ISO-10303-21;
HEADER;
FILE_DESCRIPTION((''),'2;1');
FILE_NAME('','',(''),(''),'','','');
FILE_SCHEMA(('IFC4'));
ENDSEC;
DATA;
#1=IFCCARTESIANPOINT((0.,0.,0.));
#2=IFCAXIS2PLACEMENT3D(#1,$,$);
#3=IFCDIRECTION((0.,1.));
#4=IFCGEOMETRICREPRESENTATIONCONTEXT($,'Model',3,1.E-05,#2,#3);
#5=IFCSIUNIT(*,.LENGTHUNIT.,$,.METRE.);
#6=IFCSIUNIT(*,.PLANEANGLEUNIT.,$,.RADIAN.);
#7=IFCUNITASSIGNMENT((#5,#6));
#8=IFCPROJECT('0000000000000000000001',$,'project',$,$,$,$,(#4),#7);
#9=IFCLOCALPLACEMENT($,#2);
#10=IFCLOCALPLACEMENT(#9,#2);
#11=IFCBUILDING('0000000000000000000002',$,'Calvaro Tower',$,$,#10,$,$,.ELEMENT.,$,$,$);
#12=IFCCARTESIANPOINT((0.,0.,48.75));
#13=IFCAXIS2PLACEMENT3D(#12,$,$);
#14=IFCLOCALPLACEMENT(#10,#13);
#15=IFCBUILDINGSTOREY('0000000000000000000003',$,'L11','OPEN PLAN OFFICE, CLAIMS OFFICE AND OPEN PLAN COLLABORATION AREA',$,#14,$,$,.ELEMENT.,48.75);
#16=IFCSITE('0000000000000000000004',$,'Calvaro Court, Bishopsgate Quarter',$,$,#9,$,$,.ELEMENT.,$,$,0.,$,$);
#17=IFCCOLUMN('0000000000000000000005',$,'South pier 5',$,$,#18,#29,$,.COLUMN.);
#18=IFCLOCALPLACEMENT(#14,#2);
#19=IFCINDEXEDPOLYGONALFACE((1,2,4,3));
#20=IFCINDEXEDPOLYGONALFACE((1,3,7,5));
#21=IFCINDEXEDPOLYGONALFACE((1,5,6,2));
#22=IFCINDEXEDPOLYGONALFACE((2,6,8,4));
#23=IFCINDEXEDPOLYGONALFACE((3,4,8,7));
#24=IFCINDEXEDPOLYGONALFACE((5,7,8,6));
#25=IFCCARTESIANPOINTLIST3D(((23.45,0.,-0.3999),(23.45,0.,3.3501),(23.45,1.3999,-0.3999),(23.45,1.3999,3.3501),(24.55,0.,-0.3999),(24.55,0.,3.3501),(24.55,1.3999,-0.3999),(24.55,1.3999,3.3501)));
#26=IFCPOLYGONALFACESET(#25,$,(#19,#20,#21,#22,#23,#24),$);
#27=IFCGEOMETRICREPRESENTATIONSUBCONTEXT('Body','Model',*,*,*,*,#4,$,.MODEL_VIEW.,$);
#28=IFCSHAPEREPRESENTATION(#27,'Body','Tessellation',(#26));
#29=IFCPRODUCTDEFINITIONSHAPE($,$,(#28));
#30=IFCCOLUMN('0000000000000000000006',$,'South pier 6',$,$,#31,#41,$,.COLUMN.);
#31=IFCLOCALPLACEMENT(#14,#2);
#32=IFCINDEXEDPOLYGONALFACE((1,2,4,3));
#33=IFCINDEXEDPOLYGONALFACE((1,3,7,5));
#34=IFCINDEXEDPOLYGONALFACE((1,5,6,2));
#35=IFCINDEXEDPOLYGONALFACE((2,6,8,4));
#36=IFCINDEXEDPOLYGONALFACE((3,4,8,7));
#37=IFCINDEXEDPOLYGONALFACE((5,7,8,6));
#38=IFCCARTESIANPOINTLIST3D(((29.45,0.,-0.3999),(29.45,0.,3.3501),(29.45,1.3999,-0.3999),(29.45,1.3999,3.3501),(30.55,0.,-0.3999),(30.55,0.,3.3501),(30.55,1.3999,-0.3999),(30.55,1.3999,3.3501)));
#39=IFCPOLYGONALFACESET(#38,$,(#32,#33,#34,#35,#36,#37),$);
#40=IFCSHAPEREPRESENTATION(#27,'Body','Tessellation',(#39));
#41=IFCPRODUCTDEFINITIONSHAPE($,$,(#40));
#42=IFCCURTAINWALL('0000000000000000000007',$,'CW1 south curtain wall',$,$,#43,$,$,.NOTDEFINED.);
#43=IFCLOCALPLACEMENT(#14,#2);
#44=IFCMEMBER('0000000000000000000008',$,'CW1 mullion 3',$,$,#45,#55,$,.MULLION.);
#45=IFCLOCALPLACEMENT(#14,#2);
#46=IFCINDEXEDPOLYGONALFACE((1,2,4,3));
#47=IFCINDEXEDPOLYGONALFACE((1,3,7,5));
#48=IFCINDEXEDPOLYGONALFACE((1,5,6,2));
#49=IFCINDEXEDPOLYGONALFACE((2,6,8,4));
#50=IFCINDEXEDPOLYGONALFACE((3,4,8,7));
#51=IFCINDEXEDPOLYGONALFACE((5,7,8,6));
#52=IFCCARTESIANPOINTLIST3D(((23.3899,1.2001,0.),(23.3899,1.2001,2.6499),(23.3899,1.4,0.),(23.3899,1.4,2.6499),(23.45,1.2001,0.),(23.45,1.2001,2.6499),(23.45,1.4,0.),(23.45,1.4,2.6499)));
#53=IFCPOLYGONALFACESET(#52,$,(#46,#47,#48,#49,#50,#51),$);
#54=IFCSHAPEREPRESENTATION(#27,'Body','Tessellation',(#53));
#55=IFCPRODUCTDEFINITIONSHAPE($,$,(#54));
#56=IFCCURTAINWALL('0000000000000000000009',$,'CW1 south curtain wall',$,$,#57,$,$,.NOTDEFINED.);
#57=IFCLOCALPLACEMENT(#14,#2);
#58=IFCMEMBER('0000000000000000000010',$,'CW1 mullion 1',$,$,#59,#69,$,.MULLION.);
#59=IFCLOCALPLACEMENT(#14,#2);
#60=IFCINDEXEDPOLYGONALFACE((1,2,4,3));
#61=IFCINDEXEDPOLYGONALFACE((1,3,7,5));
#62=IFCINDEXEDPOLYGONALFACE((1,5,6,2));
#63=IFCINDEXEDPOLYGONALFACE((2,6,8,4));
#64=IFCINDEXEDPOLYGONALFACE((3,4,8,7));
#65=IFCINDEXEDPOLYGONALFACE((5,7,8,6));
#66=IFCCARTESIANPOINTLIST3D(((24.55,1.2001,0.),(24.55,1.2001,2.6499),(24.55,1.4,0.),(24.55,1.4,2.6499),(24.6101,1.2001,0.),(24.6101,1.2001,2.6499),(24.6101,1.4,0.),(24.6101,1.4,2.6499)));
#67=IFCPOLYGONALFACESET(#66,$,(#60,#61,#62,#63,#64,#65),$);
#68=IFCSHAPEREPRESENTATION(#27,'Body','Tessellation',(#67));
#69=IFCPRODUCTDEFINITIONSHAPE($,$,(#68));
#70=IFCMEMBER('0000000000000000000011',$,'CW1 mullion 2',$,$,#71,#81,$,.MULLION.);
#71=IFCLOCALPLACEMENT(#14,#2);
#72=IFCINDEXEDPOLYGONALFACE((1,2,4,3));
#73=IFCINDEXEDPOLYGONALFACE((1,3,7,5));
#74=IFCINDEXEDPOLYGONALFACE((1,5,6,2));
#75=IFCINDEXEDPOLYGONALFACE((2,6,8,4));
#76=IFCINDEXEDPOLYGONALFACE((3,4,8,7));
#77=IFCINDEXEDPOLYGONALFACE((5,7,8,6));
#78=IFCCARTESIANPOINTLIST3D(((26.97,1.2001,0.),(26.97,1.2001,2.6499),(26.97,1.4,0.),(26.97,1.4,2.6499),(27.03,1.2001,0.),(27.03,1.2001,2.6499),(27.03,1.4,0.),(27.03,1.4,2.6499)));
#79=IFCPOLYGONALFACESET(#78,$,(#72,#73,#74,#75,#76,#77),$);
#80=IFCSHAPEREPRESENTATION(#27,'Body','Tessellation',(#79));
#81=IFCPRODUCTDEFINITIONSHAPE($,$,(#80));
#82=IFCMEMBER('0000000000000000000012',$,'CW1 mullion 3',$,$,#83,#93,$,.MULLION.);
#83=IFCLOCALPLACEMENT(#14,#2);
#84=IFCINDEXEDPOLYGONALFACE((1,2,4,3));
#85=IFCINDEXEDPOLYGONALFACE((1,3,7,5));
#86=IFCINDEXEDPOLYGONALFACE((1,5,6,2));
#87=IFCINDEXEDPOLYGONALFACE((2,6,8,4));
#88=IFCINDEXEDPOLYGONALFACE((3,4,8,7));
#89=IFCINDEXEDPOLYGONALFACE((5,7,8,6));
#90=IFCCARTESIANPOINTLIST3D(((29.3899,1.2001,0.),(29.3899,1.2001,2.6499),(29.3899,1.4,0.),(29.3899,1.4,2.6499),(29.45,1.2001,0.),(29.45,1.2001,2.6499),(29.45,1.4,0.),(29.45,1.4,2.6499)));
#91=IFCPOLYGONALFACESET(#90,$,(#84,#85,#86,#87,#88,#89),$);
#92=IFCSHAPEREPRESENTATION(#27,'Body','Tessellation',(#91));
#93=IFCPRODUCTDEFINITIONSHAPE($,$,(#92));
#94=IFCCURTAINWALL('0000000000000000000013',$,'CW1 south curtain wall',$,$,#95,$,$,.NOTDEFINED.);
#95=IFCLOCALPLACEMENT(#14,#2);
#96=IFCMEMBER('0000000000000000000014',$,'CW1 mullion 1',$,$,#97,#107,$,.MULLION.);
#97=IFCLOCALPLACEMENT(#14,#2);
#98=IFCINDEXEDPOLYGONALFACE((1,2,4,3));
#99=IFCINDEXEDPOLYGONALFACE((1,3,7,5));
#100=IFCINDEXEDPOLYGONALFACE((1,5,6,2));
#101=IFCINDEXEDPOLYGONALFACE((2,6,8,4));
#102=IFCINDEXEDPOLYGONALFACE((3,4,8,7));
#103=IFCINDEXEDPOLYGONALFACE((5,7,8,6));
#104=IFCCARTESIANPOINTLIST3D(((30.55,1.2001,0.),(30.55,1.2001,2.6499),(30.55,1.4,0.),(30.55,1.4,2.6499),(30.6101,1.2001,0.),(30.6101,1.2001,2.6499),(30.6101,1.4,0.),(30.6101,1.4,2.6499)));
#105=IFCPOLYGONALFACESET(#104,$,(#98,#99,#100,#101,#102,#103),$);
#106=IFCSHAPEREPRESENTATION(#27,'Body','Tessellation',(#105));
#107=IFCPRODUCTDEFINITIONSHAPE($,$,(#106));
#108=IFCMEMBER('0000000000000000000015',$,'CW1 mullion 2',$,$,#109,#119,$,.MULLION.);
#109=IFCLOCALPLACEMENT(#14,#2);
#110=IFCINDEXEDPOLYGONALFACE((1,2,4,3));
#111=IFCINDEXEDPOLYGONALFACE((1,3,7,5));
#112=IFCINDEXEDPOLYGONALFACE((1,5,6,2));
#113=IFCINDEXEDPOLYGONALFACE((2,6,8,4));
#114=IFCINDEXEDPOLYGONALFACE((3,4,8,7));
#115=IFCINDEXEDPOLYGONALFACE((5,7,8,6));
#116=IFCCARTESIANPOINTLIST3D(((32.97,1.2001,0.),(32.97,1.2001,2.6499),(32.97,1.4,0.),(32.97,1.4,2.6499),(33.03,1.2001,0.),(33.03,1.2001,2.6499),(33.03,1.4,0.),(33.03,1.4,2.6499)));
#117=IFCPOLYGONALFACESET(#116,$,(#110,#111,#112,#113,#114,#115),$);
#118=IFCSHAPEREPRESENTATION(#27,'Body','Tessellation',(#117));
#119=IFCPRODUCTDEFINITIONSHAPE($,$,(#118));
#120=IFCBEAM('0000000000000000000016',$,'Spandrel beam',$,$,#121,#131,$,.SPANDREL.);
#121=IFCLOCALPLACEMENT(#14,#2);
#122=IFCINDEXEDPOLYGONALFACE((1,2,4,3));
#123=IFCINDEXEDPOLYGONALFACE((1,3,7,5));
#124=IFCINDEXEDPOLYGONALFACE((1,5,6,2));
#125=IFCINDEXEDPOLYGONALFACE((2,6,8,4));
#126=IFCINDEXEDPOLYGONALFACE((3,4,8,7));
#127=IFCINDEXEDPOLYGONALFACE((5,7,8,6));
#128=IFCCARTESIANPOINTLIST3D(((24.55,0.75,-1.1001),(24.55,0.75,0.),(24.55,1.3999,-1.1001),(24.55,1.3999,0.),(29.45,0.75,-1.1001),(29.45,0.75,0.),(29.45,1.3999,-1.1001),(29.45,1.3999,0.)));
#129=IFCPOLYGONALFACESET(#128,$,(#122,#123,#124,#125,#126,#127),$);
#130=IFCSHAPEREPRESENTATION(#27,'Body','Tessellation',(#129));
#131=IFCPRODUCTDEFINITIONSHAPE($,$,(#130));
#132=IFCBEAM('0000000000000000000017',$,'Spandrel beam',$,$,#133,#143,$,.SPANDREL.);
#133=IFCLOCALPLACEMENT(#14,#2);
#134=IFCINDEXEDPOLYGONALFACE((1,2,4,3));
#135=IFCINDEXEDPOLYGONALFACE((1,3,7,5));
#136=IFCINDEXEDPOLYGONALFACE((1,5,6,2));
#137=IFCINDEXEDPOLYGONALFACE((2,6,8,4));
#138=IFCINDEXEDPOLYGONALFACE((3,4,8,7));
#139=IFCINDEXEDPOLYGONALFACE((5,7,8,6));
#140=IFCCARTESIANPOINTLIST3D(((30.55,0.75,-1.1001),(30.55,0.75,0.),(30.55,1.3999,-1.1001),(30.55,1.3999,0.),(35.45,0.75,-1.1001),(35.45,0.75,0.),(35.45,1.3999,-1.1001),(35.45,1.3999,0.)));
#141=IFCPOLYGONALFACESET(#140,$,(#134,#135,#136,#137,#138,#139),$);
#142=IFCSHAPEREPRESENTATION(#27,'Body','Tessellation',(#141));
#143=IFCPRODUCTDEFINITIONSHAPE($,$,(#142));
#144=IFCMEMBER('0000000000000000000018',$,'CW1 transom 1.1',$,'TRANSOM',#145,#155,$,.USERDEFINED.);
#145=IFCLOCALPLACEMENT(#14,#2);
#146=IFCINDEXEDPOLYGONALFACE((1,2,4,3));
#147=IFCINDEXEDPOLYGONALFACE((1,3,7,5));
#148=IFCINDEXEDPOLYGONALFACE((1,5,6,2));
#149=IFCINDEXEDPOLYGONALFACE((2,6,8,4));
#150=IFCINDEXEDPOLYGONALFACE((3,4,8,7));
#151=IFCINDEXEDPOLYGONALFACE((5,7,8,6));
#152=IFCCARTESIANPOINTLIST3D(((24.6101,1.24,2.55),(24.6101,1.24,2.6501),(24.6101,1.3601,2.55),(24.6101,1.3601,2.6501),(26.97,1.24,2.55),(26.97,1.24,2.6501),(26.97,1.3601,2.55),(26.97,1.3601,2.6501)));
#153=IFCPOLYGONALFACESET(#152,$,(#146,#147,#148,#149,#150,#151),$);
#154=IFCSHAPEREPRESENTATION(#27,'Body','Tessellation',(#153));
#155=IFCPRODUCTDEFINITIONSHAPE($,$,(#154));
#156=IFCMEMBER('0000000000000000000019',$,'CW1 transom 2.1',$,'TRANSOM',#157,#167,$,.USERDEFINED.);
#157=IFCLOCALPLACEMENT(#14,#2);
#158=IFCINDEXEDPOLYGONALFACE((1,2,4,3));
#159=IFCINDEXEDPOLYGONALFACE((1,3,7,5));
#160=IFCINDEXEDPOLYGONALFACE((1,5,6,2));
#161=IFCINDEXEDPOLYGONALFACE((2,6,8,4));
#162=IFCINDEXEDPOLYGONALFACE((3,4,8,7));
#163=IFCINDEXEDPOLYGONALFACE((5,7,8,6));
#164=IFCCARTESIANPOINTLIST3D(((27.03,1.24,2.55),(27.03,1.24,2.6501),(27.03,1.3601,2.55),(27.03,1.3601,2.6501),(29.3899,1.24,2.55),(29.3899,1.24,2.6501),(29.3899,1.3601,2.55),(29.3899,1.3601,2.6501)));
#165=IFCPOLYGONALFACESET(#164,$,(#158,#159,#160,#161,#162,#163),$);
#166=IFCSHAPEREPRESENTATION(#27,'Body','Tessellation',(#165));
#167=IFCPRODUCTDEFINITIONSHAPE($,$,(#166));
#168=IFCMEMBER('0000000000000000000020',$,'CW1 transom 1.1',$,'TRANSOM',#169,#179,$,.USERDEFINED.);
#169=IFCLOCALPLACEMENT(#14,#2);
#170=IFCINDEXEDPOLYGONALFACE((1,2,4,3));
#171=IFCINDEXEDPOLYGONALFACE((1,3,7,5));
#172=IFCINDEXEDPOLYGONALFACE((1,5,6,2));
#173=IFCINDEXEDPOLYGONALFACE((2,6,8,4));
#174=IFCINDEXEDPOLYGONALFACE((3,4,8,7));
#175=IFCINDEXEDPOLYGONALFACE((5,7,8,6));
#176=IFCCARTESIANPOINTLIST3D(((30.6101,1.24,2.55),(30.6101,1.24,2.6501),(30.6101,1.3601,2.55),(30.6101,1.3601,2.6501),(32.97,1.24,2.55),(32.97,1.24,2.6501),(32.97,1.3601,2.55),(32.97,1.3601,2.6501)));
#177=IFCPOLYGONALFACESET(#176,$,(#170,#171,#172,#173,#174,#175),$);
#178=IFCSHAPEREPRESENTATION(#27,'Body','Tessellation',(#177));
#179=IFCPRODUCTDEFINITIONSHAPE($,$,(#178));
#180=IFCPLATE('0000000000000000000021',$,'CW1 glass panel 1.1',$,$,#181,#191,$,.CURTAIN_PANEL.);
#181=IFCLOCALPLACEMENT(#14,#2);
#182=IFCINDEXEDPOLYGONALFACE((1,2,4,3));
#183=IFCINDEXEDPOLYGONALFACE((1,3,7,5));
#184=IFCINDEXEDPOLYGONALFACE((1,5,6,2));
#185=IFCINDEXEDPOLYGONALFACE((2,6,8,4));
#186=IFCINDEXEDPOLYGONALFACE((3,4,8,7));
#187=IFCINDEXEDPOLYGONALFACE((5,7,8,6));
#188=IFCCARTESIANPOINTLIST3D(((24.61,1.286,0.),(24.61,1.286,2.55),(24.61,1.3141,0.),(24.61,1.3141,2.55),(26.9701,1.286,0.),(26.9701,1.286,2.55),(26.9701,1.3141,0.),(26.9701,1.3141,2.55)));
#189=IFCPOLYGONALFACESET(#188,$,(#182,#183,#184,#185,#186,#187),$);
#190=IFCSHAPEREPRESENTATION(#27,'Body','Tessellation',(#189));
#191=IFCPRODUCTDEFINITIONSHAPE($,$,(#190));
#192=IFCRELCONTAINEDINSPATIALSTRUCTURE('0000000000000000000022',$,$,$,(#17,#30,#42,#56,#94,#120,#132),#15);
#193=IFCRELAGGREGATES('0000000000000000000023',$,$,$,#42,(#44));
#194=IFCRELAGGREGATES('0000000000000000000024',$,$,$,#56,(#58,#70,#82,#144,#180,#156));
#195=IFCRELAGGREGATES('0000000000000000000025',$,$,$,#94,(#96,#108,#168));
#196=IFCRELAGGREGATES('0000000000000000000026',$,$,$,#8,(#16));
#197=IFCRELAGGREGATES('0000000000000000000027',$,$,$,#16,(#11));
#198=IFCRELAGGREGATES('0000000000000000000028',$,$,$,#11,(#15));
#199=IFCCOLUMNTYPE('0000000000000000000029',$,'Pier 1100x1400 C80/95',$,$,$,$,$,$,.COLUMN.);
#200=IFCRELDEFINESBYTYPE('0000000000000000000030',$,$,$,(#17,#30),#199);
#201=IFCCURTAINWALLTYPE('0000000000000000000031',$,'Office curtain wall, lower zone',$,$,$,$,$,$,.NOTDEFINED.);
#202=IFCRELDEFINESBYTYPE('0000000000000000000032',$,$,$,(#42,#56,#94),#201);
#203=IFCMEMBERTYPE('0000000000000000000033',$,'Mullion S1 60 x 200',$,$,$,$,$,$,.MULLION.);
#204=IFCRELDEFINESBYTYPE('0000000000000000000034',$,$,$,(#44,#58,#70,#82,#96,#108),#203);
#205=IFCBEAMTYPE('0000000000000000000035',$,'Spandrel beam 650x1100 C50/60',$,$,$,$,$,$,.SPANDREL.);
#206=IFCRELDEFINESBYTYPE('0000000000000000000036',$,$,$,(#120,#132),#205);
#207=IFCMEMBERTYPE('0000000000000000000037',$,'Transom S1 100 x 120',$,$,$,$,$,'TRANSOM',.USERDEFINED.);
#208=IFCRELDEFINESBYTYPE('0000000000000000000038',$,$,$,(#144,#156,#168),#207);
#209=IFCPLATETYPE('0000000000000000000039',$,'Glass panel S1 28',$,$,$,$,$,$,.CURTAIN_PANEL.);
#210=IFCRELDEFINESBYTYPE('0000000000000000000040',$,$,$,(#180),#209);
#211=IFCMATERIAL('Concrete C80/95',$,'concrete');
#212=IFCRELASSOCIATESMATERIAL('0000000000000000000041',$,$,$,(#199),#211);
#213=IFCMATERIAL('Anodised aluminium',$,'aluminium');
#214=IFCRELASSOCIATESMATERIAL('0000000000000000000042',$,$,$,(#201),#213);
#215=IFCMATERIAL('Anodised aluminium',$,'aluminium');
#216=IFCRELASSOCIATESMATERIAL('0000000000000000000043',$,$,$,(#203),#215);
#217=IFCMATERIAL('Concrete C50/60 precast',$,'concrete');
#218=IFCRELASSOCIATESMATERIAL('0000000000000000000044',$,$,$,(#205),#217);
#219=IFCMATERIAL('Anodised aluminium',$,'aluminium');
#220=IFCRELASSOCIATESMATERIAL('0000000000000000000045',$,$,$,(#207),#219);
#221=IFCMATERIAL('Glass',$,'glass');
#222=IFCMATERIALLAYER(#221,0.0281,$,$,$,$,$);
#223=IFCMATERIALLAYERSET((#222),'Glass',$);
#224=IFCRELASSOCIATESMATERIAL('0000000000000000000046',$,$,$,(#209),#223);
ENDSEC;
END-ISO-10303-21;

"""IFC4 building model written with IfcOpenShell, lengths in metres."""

from ifc_helpers import new_model, si_unit, direction, frame, origin, origin_2d, place, context, subcontext, project, spatial, rectangle, extrude, material, layer, layer_set, material_profile, profile_set, type_object, element, aggregate, save


model = new_model("IFC4")

# Units and contexts
model_context = context("Model", 3, precision=1e-05, world=origin(), true_north=direction((0.0, 1.0)))
body_context = subcontext(model_context, "Body", "Model", "MODEL_VIEW")
ifc_project = project(units=[si_unit("LENGTHUNIT", "METRE"), si_unit("PLANEANGLEUNIT", "RADIAN")], contexts=[model_context])

# Site, building, storey
site_placement = place(None, origin())
site = spatial("IfcSite", under=ifc_project, at=site_placement, Name="Calvaro Court, Bishopsgate Quarter", CompositionType="ELEMENT", RefElevation=0.0)
building_placement = place(site_placement, origin())
building = spatial("IfcBuilding", under=site, at=building_placement, Name="Calvaro Tower", CompositionType="ELEMENT")
storey_placement = place(building_placement, frame((0.0, 0.0, 48.75)))
storey = spatial("IfcBuildingStorey", under=building, at=storey_placement, Name="L11", Description="OPEN PLAN OFFICE, CLAIMS OFFICE AND OPEN PLAN COLLABORATION AREA", CompositionType="ELEMENT", Elevation=48.75)

# Columns
ifc_material_1 = material(Name="Concrete C80/95", Category="concrete")
ifc_material_profile_1 = material_profile(ifc_material_1, rectangle(XDim=1.1001, YDim=1.3999, at=origin_2d()), Name="RC 1100x1400")
ifc_profile_set_1 = profile_set([ifc_material_profile_1], Name="Concrete C80/95")
column_type = type_object("IfcColumnType", Name="Pier 1100x1400 C80/95", PredefinedType="COLUMN", material=ifc_profile_set_1)
for number, where, z_axis, x_axis, name in (
    (1, (24.0, 0.7, -0.3999), (0.0, 0.0, 1.0), (1.0, 0.0, 0.0), "South pier 5"),
    (2, (30.0, 0.7, -0.3999), (0.0, 0.0, 1.0), (1.0, 0.0, 0.0), "South pier 6"),
):
    element("IfcColumn", number, at=place(storey_placement, frame(where, z_axis=z_axis, x_axis=x_axis)), inside=storey, type_object=column_type, Name=name, PredefinedType="COLUMN", context=body_context, shape_type="SweptSolid", body=[
        extrude(rectangle(XDim=1.1001, YDim=1.3999, at=origin_2d()), origin(), (0.0, 0.0, 1.0), 3.75),
    ])

# Curtain wall, member
ifc_material_2 = material(Name="Anodised aluminium", Category="aluminium")
curtain_wall_type = type_object("IfcCurtainWallType", Name="Office curtain wall, lower zone", PredefinedType="NOTDEFINED", material=ifc_material_2)
curtain_wall_1_placement = place(storey_placement, origin())
curtain_wall_1 = element("IfcCurtainWall", 3, at=curtain_wall_1_placement, inside=storey, type_object=curtain_wall_type, Name="CW1 south curtain wall", PredefinedType="NOTDEFINED")
ifc_material_3 = material(Name="Anodised aluminium", Category="aluminium")
ifc_material_profile_2 = material_profile(ifc_material_3, rectangle(XDim=0.2, YDim=0.0601, at=origin_2d()), Name="Mullion S1 60 x 200")
ifc_profile_set_2 = profile_set([ifc_material_profile_2], Name="Anodised aluminium")
member_type_1 = type_object("IfcMemberType", Name="Mullion S1 60 x 200", PredefinedType="MULLION", material=ifc_profile_set_2)
member_1_placement = place(storey_placement, frame((23.4199, 1.3, 0.0), z_axis=(0.0, 0.0, 1.0), x_axis=(0.0, 1.0, 0.0)))
member_1 = element("IfcMember", 4, at=member_1_placement, type_object=member_type_1, Name="CW1 mullion 3", PredefinedType="MULLION", context=body_context, shape_type="SweptSolid", body=[
    extrude(rectangle(XDim=0.2, YDim=0.0601, at=origin_2d()), origin(), (0.0, 0.0, 1.0), 2.6499),
])
aggregate(curtain_wall_1, [member_1])

# Curtain walls, members
curtain_wall_2_placement = place(storey_placement, origin())
curtain_wall_2 = element("IfcCurtainWall", 5, at=curtain_wall_2_placement, inside=storey, type_object=curtain_wall_type, Name="CW1 south curtain wall", PredefinedType="NOTDEFINED")
member_2_placement = place(storey_placement, frame((24.5801, 1.3, 0.0), z_axis=(0.0, 0.0, 1.0), x_axis=(0.0, 1.0, 0.0)))
member_2 = element("IfcMember", 6, at=member_2_placement, type_object=member_type_1, Name="CW1 mullion 1", PredefinedType="MULLION", context=body_context, shape_type="SweptSolid", body=[
    extrude(rectangle(XDim=0.2, YDim=0.0601, at=origin_2d()), origin(), (0.0, 0.0, 1.0), 2.6499),
])
member_3_placement = place(storey_placement, frame((27.0, 1.3, 0.0), z_axis=(0.0, 0.0, 1.0), x_axis=(0.0, 1.0, 0.0)))
member_3 = element("IfcMember", 7, at=member_3_placement, type_object=member_type_1, Name="CW1 mullion 2", PredefinedType="MULLION", context=body_context, shape_type="SweptSolid", body=[
    extrude(rectangle(XDim=0.2, YDim=0.0601, at=origin_2d()), origin(), (0.0, 0.0, 1.0), 2.6499),
])
member_4_placement = place(storey_placement, frame((29.4199, 1.3, 0.0), z_axis=(0.0, 0.0, 1.0), x_axis=(0.0, 1.0, 0.0)))
member_4 = element("IfcMember", 8, at=member_4_placement, type_object=member_type_1, Name="CW1 mullion 3", PredefinedType="MULLION", context=body_context, shape_type="SweptSolid", body=[
    extrude(rectangle(XDim=0.2, YDim=0.0601, at=origin_2d()), origin(), (0.0, 0.0, 1.0), 2.6499),
])
curtain_wall_3_placement = place(storey_placement, origin())
curtain_wall_3 = element("IfcCurtainWall", 9, at=curtain_wall_3_placement, inside=storey, type_object=curtain_wall_type, Name="CW1 south curtain wall", PredefinedType="NOTDEFINED")
member_5_placement = place(storey_placement, frame((30.5801, 1.3, 0.0), z_axis=(0.0, 0.0, 1.0), x_axis=(0.0, 1.0, 0.0)))
member_5 = element("IfcMember", 10, at=member_5_placement, type_object=member_type_1, Name="CW1 mullion 1", PredefinedType="MULLION", context=body_context, shape_type="SweptSolid", body=[
    extrude(rectangle(XDim=0.2, YDim=0.0601, at=origin_2d()), origin(), (0.0, 0.0, 1.0), 2.6499),
])
member_6_placement = place(storey_placement, frame((33.0, 1.3, 0.0), z_axis=(0.0, 0.0, 1.0), x_axis=(0.0, 1.0, 0.0)))
member_6 = element("IfcMember", 11, at=member_6_placement, type_object=member_type_1, Name="CW1 mullion 2", PredefinedType="MULLION", context=body_context, shape_type="SweptSolid", body=[
    extrude(rectangle(XDim=0.2, YDim=0.0601, at=origin_2d()), origin(), (0.0, 0.0, 1.0), 2.6499),
])

# Beams
ifc_material_4 = material(Name="Concrete C50/60 precast", Category="concrete")
ifc_material_profile_3 = material_profile(ifc_material_4, rectangle(XDim=0.6499, YDim=1.1001, at=origin_2d()), Name="RC 650x1100")
ifc_profile_set_3 = profile_set([ifc_material_profile_3], Name="Concrete C50/60 precast")
beam_type = type_object("IfcBeamType", Name="Spandrel beam 650x1100 C50/60", PredefinedType="SPANDREL", material=ifc_profile_set_3)
for number, where, z_axis, x_axis, name in (
    (12, (24.55, 1.075, -0.55), (1.0, 0.0, 0.0), (0.0, 1.0, 0.0), "Spandrel beam"),
    (13, (30.55, 1.075, -0.55), (1.0, 0.0, 0.0), (0.0, 1.0, 0.0), "Spandrel beam"),
):
    element("IfcBeam", number, at=place(storey_placement, frame(where, z_axis=z_axis, x_axis=x_axis)), inside=storey, type_object=beam_type, Name=name, PredefinedType="SPANDREL", context=body_context, shape_type="SweptSolid", body=[
        extrude(rectangle(XDim=0.6499, YDim=1.1001, at=origin_2d()), origin(), (0.0, 0.0, 1.0), 4.8999),
    ])

# Members
ifc_material_5 = material(Name="Anodised aluminium", Category="aluminium")
ifc_material_profile_4 = material_profile(ifc_material_5, rectangle(XDim=0.1201, YDim=0.1001, at=origin_2d()), Name="Transom S1 100 x 120")
ifc_profile_set_4 = profile_set([ifc_material_profile_4], Name="Anodised aluminium")
member_type_2 = type_object("IfcMemberType", Name="Transom S1 100 x 120", ElementType="TRANSOM", PredefinedType="USERDEFINED", material=ifc_profile_set_4)
member_7_placement = place(storey_placement, frame((24.6101, 1.3, 2.6001), z_axis=(1.0, 0.0, 0.0), x_axis=(0.0, 1.0, 0.0)))
member_7 = element("IfcMember", 14, at=member_7_placement, type_object=member_type_2, Name="CW1 transom 1.1", ObjectType="TRANSOM", PredefinedType="USERDEFINED", context=body_context, shape_type="SweptSolid", body=[
    extrude(rectangle(XDim=0.1201, YDim=0.1001, at=origin_2d()), origin(), (0.0, 0.0, 1.0), 2.3599),
])
member_8_placement = place(storey_placement, frame((27.03, 1.3, 2.6001), z_axis=(1.0, 0.0, 0.0), x_axis=(0.0, 1.0, 0.0)))
member_8 = element("IfcMember", 15, at=member_8_placement, type_object=member_type_2, Name="CW1 transom 2.1", ObjectType="TRANSOM", PredefinedType="USERDEFINED", context=body_context, shape_type="SweptSolid", body=[
    extrude(rectangle(XDim=0.1201, YDim=0.1001, at=origin_2d()), origin(), (0.0, 0.0, 1.0), 2.3599),
])
member_9_placement = place(storey_placement, frame((30.6101, 1.3, 2.6001), z_axis=(1.0, 0.0, 0.0), x_axis=(0.0, 1.0, 0.0)))
member_9 = element("IfcMember", 16, at=member_9_placement, type_object=member_type_2, Name="CW1 transom 1.1", ObjectType="TRANSOM", PredefinedType="USERDEFINED", context=body_context, shape_type="SweptSolid", body=[
    extrude(rectangle(XDim=0.1201, YDim=0.1001, at=origin_2d()), origin(), (0.0, 0.0, 1.0), 2.3599),
])

# Plate
ifc_material_6 = material(Name="Glass", Category="glass")
ifc_layer = layer(ifc_material_6, 0.0281)
ifc_layer_set = layer_set([ifc_layer], Name="Glass")
plate_type = type_object("IfcPlateType", Name="Glass panel S1 28", PredefinedType="CURTAIN_PANEL", material=ifc_layer_set)
plate_1_placement = place(storey_placement, frame((25.79, 1.3, 0.0), z_axis=(0.0, 0.0, 1.0), x_axis=(1.0, 0.0, 0.0)))
plate_1 = element("IfcPlate", 17, at=plate_1_placement, type_object=plate_type, Name="CW1 glass panel 1.1", PredefinedType="CURTAIN_PANEL", context=body_context, shape_type="SweptSolid", body=[
    extrude(rectangle(XDim=2.3601, YDim=0.0281, at=origin_2d()), origin(), (0.0, 0.0, 1.0), 2.55),
])
aggregate(curtain_wall_2, [member_2, member_3, member_4, member_7, plate_1, member_8])
aggregate(curtain_wall_3, [member_5, member_6, member_9])

save(model, "model.ifc")
